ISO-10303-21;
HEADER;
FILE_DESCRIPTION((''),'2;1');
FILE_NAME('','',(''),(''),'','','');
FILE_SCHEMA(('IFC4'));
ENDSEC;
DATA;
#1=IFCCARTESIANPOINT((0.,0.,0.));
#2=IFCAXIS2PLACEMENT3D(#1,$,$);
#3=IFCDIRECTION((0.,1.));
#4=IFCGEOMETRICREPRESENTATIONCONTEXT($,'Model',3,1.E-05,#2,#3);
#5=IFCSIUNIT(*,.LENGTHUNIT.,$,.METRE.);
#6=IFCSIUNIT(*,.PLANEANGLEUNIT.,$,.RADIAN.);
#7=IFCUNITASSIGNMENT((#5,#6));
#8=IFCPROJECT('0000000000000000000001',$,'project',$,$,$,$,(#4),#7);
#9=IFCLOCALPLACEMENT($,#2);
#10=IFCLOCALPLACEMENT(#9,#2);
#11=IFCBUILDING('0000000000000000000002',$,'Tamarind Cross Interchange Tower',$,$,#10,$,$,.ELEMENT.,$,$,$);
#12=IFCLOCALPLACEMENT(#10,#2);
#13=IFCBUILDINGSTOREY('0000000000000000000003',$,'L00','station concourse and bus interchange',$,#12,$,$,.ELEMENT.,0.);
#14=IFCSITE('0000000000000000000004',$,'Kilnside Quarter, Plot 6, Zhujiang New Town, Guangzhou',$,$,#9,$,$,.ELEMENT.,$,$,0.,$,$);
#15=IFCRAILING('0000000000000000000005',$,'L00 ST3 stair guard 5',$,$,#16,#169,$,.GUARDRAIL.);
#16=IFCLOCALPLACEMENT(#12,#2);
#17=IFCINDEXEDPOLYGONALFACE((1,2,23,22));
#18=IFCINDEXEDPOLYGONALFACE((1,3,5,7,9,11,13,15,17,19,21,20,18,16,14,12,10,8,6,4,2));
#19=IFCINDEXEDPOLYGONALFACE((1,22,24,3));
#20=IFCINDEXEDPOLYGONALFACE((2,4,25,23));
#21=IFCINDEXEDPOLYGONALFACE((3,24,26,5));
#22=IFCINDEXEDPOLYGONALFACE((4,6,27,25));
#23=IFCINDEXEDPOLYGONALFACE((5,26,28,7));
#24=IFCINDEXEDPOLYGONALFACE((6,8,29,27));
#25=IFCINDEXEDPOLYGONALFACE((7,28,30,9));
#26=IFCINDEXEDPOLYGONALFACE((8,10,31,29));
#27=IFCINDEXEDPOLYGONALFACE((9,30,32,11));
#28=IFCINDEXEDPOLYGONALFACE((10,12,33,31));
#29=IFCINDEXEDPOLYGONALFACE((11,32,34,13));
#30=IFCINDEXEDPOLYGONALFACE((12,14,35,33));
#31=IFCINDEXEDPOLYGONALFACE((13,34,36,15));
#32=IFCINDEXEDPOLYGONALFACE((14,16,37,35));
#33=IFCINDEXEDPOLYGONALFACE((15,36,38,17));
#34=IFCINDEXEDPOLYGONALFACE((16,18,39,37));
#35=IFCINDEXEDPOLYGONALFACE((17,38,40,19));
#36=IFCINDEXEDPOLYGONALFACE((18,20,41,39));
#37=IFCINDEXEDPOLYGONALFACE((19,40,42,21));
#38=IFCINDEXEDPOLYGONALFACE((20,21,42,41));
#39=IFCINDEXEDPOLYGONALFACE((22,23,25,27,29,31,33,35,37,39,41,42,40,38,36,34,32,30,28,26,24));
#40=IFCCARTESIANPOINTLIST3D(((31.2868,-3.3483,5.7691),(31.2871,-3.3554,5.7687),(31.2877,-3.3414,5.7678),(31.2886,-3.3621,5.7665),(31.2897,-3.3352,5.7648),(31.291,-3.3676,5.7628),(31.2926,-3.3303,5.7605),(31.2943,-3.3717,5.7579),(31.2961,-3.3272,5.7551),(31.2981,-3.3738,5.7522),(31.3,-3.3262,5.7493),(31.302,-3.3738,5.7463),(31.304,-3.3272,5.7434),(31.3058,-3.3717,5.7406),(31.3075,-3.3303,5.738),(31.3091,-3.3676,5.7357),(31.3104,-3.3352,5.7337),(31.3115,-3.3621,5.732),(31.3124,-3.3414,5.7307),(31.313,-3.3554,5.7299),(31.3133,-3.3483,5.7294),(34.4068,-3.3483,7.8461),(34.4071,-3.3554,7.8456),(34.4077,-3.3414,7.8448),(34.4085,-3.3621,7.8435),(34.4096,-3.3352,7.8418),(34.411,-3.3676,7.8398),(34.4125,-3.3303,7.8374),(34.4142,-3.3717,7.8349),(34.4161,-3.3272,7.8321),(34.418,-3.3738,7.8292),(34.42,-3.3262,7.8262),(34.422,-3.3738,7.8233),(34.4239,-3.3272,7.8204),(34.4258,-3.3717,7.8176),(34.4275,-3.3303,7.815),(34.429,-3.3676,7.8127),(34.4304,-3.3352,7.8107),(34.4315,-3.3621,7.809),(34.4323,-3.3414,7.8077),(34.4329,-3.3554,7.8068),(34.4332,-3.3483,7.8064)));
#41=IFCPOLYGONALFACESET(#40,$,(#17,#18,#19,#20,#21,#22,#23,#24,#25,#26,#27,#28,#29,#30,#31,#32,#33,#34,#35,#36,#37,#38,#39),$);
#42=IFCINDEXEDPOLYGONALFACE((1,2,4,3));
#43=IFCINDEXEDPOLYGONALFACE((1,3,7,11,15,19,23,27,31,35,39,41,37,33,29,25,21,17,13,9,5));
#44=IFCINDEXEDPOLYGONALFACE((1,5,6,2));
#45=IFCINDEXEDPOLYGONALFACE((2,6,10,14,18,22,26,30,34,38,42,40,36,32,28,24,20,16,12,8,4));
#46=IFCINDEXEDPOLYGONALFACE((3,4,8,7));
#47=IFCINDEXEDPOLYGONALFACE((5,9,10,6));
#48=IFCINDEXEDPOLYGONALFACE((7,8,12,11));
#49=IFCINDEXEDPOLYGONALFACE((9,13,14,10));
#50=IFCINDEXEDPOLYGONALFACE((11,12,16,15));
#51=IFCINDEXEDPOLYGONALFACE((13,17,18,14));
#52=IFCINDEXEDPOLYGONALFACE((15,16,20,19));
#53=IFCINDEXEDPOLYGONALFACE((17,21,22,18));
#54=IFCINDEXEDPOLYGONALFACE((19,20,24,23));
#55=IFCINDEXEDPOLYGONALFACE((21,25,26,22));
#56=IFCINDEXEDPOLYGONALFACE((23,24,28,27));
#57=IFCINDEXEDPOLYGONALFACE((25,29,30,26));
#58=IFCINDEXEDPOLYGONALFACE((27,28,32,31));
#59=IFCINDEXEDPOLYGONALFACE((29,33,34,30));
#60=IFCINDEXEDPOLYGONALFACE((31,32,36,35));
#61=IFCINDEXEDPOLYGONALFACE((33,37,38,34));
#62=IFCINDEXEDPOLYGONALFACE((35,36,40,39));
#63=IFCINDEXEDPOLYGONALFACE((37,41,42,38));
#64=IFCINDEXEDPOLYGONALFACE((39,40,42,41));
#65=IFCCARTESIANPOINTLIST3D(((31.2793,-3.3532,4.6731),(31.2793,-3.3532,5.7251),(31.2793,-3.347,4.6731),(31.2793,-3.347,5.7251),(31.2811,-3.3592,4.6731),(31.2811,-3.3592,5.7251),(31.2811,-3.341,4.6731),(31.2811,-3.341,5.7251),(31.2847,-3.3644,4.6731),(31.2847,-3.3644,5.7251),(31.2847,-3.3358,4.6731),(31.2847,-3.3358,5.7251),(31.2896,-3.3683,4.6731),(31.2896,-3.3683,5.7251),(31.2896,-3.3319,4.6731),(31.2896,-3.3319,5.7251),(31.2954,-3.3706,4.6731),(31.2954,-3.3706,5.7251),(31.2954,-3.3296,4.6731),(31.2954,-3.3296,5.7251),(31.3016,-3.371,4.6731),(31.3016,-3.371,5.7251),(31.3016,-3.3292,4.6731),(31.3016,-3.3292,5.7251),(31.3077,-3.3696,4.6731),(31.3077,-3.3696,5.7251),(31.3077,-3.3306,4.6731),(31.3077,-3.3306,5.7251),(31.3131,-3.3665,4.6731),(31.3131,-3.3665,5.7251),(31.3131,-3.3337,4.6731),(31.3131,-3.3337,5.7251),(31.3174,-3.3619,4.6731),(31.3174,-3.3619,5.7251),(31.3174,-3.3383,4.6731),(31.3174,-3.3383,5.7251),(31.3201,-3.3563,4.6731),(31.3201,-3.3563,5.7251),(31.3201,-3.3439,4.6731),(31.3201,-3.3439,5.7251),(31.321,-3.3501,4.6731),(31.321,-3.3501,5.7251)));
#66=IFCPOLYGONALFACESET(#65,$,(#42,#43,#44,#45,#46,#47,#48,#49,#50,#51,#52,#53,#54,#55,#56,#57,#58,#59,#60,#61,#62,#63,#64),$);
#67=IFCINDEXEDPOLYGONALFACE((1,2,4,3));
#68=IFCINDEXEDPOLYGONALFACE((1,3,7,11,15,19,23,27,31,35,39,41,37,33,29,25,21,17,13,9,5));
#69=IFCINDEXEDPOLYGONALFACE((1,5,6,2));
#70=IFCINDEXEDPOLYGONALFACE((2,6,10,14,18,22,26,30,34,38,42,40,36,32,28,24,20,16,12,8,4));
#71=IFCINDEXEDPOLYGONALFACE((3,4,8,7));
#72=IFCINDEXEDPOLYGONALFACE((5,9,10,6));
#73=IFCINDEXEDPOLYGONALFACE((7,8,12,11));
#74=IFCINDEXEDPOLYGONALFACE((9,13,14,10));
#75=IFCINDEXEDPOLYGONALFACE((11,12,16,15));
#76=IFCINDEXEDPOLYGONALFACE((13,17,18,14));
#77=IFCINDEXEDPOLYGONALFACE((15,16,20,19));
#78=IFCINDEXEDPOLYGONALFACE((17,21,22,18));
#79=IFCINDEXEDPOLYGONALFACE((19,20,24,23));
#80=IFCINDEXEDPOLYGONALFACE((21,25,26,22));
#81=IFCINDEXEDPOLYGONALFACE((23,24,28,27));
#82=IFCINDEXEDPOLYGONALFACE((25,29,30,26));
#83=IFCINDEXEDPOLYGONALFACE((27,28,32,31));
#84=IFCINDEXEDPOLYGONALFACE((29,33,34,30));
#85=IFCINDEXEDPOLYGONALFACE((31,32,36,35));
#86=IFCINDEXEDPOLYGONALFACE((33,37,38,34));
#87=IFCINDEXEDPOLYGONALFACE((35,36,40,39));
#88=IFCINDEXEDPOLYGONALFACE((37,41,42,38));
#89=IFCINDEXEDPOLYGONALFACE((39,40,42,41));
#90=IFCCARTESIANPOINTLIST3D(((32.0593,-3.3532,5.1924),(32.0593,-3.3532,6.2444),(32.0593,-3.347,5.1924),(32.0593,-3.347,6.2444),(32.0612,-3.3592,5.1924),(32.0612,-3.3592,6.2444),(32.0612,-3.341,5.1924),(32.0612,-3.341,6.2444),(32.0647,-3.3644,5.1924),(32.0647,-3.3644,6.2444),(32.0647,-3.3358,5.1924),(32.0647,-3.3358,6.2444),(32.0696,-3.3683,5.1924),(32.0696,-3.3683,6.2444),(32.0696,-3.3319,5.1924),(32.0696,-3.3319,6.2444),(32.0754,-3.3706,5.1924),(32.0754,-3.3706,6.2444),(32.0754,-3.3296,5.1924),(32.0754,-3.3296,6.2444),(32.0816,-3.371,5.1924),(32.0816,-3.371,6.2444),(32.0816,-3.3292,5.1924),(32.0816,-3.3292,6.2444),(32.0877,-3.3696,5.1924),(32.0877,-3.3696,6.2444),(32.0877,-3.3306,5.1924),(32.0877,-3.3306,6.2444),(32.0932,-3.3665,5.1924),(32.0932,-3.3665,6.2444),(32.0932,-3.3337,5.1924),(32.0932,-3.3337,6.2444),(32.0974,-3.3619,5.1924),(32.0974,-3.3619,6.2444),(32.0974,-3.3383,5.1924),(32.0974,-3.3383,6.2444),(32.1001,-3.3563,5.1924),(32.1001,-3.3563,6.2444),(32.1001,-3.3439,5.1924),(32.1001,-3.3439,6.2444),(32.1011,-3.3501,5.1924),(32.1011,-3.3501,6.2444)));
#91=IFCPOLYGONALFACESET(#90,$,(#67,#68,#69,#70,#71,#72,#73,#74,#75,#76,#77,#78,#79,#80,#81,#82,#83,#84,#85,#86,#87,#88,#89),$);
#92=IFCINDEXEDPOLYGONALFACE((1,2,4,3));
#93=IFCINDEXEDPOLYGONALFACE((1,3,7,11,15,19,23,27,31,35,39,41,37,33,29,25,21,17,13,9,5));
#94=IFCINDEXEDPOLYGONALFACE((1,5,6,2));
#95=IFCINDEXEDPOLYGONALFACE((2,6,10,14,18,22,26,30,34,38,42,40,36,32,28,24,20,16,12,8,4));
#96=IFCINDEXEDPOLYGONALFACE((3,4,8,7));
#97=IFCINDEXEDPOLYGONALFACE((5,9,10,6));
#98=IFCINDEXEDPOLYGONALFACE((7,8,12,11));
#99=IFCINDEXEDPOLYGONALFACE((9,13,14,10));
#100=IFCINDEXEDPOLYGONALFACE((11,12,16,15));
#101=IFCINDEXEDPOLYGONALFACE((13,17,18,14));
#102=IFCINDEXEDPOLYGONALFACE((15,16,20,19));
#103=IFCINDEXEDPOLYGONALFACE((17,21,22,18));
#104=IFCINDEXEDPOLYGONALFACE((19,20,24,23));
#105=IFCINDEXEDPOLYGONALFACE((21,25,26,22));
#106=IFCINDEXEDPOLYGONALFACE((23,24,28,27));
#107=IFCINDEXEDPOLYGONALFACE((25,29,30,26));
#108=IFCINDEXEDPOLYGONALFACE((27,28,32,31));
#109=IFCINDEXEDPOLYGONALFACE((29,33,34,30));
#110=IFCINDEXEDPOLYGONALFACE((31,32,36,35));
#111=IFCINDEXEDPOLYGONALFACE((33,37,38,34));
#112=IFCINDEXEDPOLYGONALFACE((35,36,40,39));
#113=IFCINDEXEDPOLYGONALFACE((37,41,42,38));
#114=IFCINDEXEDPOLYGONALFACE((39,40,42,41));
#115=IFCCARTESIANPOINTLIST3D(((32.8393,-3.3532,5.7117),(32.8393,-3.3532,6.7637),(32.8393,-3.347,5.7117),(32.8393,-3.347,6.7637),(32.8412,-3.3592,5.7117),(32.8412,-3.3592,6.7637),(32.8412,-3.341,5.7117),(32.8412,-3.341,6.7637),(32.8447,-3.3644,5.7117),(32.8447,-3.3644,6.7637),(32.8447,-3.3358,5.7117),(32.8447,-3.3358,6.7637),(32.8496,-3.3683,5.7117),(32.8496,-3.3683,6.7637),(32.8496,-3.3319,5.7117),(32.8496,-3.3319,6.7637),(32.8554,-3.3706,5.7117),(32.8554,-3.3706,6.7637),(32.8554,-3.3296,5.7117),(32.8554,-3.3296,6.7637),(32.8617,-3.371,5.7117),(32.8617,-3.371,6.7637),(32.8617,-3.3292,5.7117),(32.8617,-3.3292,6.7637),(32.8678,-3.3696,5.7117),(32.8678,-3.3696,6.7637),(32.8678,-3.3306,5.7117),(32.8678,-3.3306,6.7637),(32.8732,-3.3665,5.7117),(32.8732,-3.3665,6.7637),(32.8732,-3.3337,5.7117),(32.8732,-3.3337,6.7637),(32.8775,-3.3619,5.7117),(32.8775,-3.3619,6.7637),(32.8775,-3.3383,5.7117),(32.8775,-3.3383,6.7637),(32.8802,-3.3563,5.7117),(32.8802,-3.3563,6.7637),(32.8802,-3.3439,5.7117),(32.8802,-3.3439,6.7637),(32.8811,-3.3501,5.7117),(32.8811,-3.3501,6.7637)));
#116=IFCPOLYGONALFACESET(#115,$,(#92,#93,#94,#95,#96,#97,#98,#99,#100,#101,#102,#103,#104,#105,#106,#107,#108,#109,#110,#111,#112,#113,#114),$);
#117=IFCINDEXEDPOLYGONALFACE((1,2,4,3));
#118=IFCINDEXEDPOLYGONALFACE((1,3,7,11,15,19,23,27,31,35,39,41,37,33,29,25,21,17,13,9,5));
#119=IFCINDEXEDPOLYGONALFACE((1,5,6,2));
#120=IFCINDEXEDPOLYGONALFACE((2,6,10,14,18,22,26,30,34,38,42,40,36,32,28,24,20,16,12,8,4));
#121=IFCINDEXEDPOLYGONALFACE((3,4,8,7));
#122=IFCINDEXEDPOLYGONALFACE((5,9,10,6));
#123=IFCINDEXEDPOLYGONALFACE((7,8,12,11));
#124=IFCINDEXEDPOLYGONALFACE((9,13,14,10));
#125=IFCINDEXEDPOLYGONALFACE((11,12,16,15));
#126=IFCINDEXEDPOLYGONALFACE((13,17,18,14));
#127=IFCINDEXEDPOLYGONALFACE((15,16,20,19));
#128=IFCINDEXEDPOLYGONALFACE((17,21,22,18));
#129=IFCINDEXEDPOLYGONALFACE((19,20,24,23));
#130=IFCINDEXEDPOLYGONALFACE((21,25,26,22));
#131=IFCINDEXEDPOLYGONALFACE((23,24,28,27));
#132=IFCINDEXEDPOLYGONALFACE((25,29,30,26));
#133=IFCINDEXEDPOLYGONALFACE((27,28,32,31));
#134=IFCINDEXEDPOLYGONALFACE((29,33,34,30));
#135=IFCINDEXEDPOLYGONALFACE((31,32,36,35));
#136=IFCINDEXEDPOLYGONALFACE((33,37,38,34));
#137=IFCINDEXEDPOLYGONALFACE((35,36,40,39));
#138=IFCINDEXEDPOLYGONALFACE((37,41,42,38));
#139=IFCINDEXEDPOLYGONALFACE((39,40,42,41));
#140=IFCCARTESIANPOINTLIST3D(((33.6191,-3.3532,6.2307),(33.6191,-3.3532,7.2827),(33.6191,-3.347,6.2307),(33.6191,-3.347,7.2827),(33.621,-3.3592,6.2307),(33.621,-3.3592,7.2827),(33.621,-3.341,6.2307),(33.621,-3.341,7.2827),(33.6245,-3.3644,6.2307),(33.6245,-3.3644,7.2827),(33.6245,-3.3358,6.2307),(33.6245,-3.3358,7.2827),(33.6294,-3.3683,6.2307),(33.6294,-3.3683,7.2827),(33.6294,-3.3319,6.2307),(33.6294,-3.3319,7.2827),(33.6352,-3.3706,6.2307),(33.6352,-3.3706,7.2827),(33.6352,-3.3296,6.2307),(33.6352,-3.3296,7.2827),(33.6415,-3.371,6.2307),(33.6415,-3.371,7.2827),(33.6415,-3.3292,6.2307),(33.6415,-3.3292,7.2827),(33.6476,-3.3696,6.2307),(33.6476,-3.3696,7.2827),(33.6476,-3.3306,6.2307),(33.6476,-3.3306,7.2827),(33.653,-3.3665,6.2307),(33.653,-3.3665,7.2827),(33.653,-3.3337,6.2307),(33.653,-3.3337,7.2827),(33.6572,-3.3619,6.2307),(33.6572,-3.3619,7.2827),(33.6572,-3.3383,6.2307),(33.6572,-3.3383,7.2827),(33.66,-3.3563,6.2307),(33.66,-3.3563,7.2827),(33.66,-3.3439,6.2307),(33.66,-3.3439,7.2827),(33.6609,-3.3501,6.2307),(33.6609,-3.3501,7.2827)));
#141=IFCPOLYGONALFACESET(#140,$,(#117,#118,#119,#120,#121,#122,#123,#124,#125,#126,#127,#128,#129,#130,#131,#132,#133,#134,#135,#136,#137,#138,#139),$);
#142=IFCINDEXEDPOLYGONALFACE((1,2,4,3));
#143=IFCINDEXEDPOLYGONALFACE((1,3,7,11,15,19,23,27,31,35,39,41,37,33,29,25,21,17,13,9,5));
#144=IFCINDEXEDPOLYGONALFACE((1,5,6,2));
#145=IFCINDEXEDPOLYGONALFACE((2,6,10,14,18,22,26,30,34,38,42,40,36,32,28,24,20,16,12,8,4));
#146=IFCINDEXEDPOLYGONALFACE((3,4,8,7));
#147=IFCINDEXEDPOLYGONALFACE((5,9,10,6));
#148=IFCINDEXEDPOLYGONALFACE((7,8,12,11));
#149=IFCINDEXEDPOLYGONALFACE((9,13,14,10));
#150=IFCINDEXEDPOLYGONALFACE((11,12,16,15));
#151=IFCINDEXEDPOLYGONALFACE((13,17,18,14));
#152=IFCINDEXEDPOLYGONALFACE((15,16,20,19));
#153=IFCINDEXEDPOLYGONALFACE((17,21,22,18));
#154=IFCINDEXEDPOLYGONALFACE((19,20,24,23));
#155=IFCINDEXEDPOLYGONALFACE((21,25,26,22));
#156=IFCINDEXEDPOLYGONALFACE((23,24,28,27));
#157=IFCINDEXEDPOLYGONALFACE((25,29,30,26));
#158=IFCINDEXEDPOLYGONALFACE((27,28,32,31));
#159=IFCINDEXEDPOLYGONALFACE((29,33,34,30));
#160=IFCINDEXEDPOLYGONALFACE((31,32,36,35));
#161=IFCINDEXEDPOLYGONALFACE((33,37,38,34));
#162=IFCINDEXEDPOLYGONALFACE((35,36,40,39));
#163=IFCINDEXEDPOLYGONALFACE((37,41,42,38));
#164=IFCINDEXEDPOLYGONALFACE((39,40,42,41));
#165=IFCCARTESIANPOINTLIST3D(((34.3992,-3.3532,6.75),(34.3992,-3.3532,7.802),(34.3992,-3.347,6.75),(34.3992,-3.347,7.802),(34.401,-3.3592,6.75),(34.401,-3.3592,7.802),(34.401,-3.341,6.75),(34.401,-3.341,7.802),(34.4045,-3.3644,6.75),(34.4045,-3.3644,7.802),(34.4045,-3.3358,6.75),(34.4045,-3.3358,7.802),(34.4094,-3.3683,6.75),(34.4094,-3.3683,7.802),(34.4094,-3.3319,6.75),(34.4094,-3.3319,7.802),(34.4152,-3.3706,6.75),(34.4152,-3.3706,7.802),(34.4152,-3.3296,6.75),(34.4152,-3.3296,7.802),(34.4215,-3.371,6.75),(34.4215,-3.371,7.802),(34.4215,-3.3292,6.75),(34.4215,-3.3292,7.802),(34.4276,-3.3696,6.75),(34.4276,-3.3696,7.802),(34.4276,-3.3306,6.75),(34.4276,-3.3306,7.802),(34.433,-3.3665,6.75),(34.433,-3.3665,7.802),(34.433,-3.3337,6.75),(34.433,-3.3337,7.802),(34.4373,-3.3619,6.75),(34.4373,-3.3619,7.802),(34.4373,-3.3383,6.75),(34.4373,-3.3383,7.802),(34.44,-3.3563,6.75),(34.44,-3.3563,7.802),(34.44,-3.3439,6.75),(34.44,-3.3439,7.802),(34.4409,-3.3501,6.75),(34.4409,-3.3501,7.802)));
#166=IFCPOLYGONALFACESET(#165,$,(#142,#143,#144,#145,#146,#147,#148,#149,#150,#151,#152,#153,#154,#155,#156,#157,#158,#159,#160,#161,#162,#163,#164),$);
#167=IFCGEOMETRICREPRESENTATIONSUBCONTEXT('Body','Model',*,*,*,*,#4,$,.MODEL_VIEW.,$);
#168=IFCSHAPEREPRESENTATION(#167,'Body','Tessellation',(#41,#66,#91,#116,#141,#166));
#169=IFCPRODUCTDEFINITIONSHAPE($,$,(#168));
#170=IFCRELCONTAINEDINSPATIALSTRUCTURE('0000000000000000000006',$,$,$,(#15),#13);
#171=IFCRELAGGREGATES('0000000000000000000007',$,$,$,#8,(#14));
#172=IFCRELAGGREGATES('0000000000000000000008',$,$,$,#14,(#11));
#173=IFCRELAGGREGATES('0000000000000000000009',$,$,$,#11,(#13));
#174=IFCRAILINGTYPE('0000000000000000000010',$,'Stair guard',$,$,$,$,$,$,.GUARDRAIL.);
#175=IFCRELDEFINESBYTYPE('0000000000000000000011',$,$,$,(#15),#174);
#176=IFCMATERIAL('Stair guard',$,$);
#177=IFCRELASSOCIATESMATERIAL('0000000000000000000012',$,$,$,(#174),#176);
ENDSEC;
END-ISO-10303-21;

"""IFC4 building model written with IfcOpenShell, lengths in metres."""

from ifc_helpers import new_model, si_unit, direction, frame, origin, origin_2d, place, context, subcontext, project, spatial, circle, extrude, material, type_object, element, save


model = new_model("IFC4")

# Units and contexts
model_context = context("Model", 3, precision=1e-05, world=origin(), true_north=direction((0.0, 1.0)))
body_context = subcontext(model_context, "Body", "Model", "MODEL_VIEW")
ifc_project = project(units=[si_unit("LENGTHUNIT", "METRE"), si_unit("PLANEANGLEUNIT", "RADIAN")], contexts=[model_context])

# Site, building, storey
site_placement = place(None, origin())
site = spatial("IfcSite", under=ifc_project, at=site_placement, Name="Kilnside Quarter, Plot 6, Zhujiang New Town, Guangzhou", CompositionType="ELEMENT", RefElevation=0.0)
building_placement = place(site_placement, origin())
building = spatial("IfcBuilding", under=site, at=building_placement, Name="Tamarind Cross Interchange Tower", CompositionType="ELEMENT")
storey_placement = place(building_placement, origin())
storey = spatial("IfcBuildingStorey", under=building, at=storey_placement, Name="L00", Description="station concourse and bus interchange", CompositionType="ELEMENT", Elevation=0.0)

# Railing
ifc_material_1 = material(Name="Stair guard")
railing_type_1 = type_object("IfcRailingType", Name="Stair guard", PredefinedType="GUARDRAIL", material=ifc_material_1)
railing_1_placement = place(storey_placement, frame((31.3, -3.3501, 4.6731)))
element("IfcRailing", 1, at=railing_1_placement, inside=storey, type_object=railing_type_1, Name="L00 ST3 stair guard 5", PredefinedType="GUARDRAIL", context=body_context, shape_type="SweptSolid", body=[
    extrude(circle(Radius=0.0239, at=origin_2d()), frame((0.0, 0.0, 1.0762), z_axis=(0.832421, 0.0, 0.554144), x_axis=(0.0, 1.0, 0.0)), (0.0, 0.0, 1.0), 3.748),
    extrude(circle(Radius=0.021, at=origin_2d()), origin(), (0.0, 0.0, 1.0), 1.052),
    extrude(circle(Radius=0.021, at=origin_2d()), frame((0.78, 0.0, 0.5193)), (0.0, 0.0, 1.0), 1.052),
    extrude(circle(Radius=0.021, at=origin_2d()), frame((1.5601, 0.0, 1.0386)), (0.0, 0.0, 1.0), 1.052),
    extrude(circle(Radius=0.021, at=origin_2d()), frame((2.3398, 0.0, 1.5576)), (0.0, 0.0, 1.0), 1.052),
    extrude(circle(Radius=0.021, at=origin_2d()), frame((3.1199, 0.0, 2.0769)), (0.0, 0.0, 1.0), 1.052),
])

save(model, "model.ifc")
